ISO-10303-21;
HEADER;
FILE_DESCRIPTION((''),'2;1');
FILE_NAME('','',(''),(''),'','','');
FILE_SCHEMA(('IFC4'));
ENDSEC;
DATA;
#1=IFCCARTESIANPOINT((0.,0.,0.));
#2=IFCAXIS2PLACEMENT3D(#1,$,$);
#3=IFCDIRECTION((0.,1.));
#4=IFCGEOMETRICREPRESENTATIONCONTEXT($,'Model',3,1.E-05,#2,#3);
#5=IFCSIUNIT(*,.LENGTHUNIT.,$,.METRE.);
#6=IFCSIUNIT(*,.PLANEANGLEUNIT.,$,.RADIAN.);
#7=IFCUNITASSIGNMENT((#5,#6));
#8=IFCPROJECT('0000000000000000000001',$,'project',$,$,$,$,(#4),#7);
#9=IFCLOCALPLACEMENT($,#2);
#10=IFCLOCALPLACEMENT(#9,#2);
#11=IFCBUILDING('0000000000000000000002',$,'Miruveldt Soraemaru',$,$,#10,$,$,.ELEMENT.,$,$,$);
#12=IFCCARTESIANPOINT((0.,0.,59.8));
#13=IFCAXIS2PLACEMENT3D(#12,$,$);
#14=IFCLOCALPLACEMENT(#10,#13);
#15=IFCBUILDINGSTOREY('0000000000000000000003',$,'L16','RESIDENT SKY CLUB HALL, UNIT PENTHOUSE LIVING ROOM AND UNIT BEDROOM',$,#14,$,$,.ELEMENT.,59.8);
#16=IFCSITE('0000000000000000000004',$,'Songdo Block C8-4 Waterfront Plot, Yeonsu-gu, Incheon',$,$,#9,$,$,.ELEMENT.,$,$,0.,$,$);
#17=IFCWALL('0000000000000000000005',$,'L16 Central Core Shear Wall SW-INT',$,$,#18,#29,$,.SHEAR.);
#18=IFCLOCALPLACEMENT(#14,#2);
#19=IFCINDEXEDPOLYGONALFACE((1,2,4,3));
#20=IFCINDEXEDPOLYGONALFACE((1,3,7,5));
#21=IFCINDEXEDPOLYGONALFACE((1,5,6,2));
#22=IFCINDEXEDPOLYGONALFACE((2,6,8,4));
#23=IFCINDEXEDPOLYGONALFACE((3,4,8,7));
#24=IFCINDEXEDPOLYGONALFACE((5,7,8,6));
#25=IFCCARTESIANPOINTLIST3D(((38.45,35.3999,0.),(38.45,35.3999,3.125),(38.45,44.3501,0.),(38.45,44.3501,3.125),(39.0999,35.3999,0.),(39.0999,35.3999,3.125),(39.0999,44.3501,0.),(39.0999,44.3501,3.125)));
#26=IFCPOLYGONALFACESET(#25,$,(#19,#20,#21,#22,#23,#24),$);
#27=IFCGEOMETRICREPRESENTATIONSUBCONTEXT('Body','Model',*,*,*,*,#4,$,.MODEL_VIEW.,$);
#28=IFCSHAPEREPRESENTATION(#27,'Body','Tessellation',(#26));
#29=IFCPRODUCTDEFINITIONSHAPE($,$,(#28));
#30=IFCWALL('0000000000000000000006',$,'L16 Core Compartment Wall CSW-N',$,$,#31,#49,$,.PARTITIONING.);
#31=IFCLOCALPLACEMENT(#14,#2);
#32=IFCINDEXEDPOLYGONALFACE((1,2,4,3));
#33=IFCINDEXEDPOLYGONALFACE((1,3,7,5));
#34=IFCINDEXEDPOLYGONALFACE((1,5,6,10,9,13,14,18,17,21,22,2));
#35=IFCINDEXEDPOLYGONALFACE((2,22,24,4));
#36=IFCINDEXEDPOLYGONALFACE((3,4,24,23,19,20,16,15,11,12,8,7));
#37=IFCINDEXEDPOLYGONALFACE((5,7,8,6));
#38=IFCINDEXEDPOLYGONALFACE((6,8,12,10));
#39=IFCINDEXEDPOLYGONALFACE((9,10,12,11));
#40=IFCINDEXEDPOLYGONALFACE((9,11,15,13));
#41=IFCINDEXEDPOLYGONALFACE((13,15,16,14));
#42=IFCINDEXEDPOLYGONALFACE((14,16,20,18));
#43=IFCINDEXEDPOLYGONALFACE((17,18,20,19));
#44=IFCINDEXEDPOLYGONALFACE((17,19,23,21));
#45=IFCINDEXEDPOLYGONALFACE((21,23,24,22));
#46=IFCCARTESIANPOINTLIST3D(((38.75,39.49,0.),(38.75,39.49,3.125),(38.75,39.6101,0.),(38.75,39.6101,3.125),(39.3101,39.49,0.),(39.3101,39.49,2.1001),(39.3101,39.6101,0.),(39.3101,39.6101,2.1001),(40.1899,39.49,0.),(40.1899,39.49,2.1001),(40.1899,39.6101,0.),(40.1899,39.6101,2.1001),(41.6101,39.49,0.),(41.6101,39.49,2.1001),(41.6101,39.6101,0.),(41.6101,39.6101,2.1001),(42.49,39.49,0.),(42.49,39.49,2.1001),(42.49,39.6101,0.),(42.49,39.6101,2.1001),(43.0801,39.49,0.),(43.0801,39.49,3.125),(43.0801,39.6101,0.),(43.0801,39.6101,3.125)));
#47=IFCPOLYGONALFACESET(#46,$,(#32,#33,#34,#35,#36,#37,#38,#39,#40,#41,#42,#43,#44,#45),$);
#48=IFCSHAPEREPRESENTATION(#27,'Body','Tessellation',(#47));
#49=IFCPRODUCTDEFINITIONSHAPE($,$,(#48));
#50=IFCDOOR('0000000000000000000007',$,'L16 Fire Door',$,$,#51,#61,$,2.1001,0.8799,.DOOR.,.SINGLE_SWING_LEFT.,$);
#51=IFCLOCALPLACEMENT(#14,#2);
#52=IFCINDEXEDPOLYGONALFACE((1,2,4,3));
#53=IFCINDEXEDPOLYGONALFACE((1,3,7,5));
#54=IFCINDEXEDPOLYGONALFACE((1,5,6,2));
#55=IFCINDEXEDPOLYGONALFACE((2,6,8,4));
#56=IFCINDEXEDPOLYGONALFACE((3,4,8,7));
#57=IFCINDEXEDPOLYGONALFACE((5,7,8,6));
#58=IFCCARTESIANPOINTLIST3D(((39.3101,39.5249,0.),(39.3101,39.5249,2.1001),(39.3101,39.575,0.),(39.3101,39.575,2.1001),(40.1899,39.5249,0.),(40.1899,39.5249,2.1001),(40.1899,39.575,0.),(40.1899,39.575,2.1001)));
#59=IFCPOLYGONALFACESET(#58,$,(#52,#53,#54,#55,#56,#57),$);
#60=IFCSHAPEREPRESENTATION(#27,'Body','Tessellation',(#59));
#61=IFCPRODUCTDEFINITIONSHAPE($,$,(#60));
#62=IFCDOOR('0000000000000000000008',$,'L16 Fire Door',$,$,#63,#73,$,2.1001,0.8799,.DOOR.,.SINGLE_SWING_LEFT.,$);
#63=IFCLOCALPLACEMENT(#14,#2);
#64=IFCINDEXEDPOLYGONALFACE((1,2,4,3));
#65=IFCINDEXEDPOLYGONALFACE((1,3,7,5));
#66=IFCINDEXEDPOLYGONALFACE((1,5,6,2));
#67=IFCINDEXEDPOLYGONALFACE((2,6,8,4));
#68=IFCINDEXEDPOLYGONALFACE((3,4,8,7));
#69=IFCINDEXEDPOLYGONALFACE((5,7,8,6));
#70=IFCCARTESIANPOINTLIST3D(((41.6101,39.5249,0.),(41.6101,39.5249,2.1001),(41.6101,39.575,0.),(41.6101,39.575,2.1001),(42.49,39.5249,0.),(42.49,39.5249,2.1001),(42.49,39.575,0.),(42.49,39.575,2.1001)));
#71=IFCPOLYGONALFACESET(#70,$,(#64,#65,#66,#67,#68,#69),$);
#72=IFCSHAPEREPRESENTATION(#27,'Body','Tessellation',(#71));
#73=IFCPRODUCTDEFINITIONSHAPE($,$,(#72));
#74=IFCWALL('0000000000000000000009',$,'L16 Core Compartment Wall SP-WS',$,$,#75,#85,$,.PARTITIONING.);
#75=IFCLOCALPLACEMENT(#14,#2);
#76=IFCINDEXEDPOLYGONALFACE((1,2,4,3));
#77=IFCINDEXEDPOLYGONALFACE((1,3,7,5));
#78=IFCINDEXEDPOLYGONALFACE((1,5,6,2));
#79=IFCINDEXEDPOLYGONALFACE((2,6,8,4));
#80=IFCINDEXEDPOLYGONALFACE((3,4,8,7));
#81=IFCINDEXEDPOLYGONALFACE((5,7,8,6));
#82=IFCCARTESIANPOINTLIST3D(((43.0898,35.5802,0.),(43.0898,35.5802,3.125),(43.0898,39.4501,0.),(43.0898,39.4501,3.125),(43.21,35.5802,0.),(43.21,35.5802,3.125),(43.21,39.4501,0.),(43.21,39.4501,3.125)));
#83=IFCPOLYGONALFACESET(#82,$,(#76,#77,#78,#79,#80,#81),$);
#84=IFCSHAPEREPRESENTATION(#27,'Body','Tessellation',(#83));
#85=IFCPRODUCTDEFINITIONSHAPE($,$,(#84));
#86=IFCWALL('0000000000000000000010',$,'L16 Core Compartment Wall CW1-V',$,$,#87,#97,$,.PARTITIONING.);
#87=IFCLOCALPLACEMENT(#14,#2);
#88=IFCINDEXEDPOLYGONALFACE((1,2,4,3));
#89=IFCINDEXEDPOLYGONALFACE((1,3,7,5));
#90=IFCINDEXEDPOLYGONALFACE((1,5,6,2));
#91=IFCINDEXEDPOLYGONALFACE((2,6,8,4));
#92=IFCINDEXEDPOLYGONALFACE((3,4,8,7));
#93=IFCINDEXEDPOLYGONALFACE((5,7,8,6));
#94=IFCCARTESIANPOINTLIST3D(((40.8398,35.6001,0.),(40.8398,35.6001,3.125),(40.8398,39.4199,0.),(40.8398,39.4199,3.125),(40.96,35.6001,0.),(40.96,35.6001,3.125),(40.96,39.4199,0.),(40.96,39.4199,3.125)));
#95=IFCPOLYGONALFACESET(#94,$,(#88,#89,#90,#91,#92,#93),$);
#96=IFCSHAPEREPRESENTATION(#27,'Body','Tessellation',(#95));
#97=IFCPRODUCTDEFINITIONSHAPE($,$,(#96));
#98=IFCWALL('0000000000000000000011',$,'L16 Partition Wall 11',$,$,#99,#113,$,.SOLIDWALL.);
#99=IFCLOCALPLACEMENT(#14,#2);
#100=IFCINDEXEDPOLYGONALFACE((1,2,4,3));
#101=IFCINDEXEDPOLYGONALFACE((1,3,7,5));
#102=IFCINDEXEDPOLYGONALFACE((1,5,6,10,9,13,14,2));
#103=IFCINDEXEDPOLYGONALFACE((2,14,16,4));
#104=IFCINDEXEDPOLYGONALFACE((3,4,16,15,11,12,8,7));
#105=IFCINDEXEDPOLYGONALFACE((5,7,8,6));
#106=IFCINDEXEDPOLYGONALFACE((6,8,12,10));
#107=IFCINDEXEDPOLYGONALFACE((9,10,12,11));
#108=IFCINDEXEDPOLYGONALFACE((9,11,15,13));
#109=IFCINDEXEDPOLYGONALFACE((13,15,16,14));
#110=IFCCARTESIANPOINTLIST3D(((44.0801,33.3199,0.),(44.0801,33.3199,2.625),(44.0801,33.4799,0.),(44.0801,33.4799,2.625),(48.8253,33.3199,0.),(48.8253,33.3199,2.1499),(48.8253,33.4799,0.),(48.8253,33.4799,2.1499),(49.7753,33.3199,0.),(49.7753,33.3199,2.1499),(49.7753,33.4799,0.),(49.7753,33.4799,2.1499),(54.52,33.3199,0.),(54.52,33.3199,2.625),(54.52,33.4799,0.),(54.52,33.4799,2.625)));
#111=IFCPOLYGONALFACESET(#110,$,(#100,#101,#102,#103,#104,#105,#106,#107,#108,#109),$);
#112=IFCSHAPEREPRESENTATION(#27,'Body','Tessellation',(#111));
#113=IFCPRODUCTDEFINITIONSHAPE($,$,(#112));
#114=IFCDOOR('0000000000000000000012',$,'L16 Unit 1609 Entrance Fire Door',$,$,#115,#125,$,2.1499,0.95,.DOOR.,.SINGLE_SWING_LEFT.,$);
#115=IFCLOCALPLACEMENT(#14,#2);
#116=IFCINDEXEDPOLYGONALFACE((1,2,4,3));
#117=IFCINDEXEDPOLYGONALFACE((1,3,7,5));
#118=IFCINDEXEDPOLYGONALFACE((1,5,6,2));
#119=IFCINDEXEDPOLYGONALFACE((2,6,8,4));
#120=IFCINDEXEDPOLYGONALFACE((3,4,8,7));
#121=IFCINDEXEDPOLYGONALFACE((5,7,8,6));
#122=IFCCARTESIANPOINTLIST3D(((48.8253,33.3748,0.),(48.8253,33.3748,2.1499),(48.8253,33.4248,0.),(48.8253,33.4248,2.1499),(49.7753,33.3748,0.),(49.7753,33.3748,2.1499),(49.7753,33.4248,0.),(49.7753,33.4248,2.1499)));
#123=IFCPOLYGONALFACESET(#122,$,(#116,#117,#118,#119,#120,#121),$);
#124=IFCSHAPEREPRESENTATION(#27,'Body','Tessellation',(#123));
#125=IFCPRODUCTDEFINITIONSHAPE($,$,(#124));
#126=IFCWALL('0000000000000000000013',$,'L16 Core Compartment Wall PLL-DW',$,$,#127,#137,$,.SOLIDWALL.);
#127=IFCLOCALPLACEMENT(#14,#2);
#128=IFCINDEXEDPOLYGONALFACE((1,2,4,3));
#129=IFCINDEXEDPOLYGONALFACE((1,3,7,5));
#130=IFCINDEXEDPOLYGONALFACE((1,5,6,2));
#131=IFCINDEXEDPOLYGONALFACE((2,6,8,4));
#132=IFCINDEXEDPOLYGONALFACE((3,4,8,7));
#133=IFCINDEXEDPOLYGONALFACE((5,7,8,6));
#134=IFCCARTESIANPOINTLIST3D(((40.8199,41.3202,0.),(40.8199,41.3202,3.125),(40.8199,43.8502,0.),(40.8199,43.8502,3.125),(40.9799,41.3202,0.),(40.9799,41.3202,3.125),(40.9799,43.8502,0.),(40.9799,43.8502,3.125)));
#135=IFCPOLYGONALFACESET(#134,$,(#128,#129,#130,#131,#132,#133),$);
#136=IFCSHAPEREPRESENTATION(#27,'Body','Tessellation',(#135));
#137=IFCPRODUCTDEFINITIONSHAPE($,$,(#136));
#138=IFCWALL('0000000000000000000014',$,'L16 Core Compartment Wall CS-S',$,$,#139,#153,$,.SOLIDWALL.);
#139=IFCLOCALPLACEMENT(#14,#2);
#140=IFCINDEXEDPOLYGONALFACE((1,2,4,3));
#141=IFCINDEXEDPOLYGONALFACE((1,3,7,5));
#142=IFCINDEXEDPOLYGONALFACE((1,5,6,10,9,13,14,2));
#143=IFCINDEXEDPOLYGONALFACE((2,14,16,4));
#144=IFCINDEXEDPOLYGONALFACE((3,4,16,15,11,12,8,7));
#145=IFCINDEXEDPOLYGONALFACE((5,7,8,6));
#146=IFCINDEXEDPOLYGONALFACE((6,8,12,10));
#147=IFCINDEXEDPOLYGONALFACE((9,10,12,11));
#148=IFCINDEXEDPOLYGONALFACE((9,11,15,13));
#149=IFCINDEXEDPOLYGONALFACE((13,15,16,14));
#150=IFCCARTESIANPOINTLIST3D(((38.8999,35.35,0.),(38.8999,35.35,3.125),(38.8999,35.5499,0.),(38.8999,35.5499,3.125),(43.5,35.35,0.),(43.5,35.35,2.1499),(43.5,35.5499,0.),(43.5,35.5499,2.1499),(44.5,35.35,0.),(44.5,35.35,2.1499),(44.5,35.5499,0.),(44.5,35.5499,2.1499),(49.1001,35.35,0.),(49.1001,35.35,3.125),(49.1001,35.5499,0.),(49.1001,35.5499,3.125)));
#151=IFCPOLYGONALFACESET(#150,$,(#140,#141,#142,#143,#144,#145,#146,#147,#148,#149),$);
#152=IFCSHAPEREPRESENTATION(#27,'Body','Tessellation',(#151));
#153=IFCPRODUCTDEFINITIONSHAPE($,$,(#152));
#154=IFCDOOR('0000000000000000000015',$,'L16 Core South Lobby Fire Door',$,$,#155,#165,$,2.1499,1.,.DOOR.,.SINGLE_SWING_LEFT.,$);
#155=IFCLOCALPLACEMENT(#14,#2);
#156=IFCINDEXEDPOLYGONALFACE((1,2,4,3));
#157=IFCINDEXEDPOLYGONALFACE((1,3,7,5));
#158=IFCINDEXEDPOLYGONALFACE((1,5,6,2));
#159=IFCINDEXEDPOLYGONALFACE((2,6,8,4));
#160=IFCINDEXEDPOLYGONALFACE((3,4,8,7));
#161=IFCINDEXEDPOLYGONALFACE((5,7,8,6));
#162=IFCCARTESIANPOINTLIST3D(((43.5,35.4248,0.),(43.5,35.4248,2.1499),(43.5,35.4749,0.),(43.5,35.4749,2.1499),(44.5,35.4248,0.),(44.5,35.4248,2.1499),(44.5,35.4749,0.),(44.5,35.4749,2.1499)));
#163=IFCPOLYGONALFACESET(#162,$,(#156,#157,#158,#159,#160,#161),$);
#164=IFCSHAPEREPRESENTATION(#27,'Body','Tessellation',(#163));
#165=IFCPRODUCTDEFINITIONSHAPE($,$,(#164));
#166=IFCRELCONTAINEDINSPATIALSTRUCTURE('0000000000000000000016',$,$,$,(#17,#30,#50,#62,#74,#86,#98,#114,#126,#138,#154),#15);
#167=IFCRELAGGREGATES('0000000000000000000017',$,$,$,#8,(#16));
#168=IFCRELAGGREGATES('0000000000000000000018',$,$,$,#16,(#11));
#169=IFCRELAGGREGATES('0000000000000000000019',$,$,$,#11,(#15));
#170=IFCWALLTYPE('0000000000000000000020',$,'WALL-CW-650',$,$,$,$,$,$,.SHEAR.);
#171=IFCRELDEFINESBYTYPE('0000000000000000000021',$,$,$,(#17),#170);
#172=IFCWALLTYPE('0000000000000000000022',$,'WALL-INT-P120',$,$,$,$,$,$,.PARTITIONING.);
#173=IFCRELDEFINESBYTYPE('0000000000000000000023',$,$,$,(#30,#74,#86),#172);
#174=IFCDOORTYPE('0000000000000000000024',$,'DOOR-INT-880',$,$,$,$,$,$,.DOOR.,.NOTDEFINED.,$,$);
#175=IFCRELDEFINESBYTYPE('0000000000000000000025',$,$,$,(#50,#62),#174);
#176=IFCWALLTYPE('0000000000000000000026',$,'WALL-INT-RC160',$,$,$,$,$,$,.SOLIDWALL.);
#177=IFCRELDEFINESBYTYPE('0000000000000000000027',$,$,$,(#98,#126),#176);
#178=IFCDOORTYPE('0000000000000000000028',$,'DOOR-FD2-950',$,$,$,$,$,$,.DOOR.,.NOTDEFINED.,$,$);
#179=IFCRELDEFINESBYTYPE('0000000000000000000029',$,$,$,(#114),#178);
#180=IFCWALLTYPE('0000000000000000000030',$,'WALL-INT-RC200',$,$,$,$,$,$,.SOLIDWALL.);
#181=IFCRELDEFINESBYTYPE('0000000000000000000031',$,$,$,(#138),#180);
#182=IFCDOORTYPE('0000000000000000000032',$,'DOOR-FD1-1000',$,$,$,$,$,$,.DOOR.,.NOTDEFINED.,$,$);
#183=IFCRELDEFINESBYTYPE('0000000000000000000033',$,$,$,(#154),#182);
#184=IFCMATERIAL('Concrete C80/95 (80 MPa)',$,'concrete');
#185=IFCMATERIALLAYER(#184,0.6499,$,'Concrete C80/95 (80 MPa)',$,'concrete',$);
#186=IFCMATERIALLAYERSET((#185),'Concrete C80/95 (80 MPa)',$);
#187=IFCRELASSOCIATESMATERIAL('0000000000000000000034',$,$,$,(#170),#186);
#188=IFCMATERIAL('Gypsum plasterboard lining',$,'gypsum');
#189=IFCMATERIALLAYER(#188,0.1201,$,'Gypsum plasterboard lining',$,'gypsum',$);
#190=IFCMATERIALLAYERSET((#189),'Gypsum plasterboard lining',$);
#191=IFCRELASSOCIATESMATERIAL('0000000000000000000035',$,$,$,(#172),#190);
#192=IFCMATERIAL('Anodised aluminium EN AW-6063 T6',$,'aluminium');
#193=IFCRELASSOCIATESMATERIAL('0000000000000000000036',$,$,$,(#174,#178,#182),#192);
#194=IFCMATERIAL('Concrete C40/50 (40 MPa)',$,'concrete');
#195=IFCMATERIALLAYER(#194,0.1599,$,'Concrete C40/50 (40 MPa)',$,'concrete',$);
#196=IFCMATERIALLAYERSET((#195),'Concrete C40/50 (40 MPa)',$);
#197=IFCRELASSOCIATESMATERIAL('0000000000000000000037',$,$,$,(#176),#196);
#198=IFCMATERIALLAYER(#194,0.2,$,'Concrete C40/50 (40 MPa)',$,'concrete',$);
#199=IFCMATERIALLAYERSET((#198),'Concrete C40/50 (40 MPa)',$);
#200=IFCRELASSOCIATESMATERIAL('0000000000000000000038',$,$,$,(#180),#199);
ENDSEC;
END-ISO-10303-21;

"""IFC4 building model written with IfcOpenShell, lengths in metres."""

from ifc_helpers import new_model, si_unit, direction, frame, frame_2d, origin, place, context, subcontext, project, spatial, rectangle, extrude, material, layer, layer_set, type_object, element, fill, save


model = new_model("IFC4")

# Units and contexts
model_context = context("Model", 3, precision=1e-05, world=origin(), true_north=direction((0.0, 1.0)))
body_context = subcontext(model_context, "Body", "Model", "MODEL_VIEW")
ifc_project = project(units=[si_unit("LENGTHUNIT", "METRE"), si_unit("PLANEANGLEUNIT", "RADIAN")], contexts=[model_context])

# Site, building, storey
site_placement = place(None, origin())
site = spatial("IfcSite", under=ifc_project, at=site_placement, Name="Songdo Block C8-4 Waterfront Plot, Yeonsu-gu, Incheon", CompositionType="ELEMENT", RefElevation=0.0)
building_placement = place(site_placement, origin())
building = spatial("IfcBuilding", under=site, at=building_placement, Name="Miruveldt Soraemaru", CompositionType="ELEMENT")
storey_placement = place(building_placement, frame((0.0, 0.0, 59.8)))
storey = spatial("IfcBuildingStorey", under=building, at=storey_placement, Name="L16", Description="RESIDENT SKY CLUB HALL, UNIT PENTHOUSE LIVING ROOM AND UNIT BEDROOM", CompositionType="ELEMENT", Elevation=59.8)

# Wall
ifc_material_1 = material(Name="Concrete C80/95 (80 MPa)", Category="concrete")
ifc_layer_1 = layer(ifc_material_1, 0.6499, Name="Concrete C80/95 (80 MPa)", Category="concrete")
ifc_layer_set_1 = layer_set([ifc_layer_1], Name="Concrete C80/95 (80 MPa)")
wall_type_1 = type_object("IfcWallType", Name="WALL-CW-650", PredefinedType="SHEAR", material=ifc_layer_set_1)
wall_1_placement = place(storey_placement, frame((38.7749, 35.3999, 0.0), z_axis=(0.0, 0.0, 1.0), x_axis=(0.0, 1.0, 0.0)))
element("IfcWall", 1, at=wall_1_placement, inside=storey, type_object=wall_type_1, Name="L16 Central Core Shear Wall SW-INT", PredefinedType="SHEAR", context=body_context, shape_type="SweptSolid", body=[
    extrude(rectangle(XDim=8.9502, YDim=0.6499, at=frame_2d((4.4751, 0.0))), origin(), (0.0, 0.0, 1.0), 3.125),
])

# Wall, openings, doors
ifc_material_2 = material(Name="Gypsum plasterboard lining", Category="gypsum")
ifc_layer_2 = layer(ifc_material_2, 0.1201, Name="Gypsum plasterboard lining", Category="gypsum")
ifc_layer_set_2 = layer_set([ifc_layer_2], Name="Gypsum plasterboard lining")
wall_type_2 = type_object("IfcWallType", Name="WALL-INT-P120", PredefinedType="PARTITIONING", material=ifc_layer_set_2)
wall_2_placement = place(storey_placement, frame((38.75, 39.55, 0.0), z_axis=(0.0, 0.0, 1.0), x_axis=(1.0, 0.0, 0.0)))
wall_2 = element("IfcWall", 2, at=wall_2_placement, inside=storey, type_object=wall_type_2, Name="L16 Core Compartment Wall CSW-N", PredefinedType="PARTITIONING", context=body_context, shape_type="SweptSolid", body=[
    extrude(rectangle(XDim=4.3301, YDim=0.1201, at=frame_2d((2.165, 0.0))), origin(), (0.0, 0.0, 1.0), 3.125),
])
opening_1_placement = place(wall_2_placement, frame((0.5601, 0.0, 0.0)))
opening_1 = element("IfcOpeningElement", 3, at=opening_1_placement, cuts=wall_2, PredefinedType="OPENING", context=body_context, shape_type="SweptSolid", body=[
    extrude(rectangle(XDim=0.8799, YDim=2.1001, at=frame_2d((0.4399, 1.05))), frame((0.0, 0.0701, 0.0), z_axis=(0.0, -1.0, 0.0), x_axis=(1.0, 0.0, 0.0)), (0.0, 0.0, 1.0), 0.1401),
])
opening_2_placement = place(wall_2_placement, frame((2.8601, 0.0, 0.0)))
opening_2 = element("IfcOpeningElement", 4, at=opening_2_placement, cuts=wall_2, PredefinedType="OPENING", context=body_context, shape_type="SweptSolid", body=[
    extrude(rectangle(XDim=0.8799, YDim=2.1001, at=frame_2d((0.4399, 1.05))), frame((0.0, 0.0701, 0.0), z_axis=(0.0, -1.0, 0.0), x_axis=(1.0, 0.0, 0.0)), (0.0, 0.0, 1.0), 0.1401),
])
ifc_material_3 = material(Name="Anodised aluminium EN AW-6063 T6", Category="aluminium")
door_type_1 = type_object("IfcDoorType", Name="DOOR-INT-880", OperationType="NOTDEFINED", PredefinedType="DOOR", material=ifc_material_3)
door_1_placement = place(opening_1_placement, origin())
door_1 = element("IfcDoor", 5, at=door_1_placement, inside=storey, type_object=door_type_1, Name="L16 Fire Door", OperationType="SINGLE_SWING_LEFT", OverallHeight=2.1001, OverallWidth=0.8799, PredefinedType="DOOR", context=body_context, shape_type="SweptSolid", body=[
    extrude(rectangle(XDim=0.8799, YDim=2.1001, at=frame_2d((0.4399, 1.05))), frame((0.0, 0.0249, 0.0), z_axis=(0.0, -1.0, 0.0), x_axis=(1.0, 0.0, 0.0)), (0.0, 0.0, 1.0), 0.05),
])
fill(opening_1, door_1)
door_2_placement = place(opening_2_placement, origin())
door_2 = element("IfcDoor", 6, at=door_2_placement, inside=storey, type_object=door_type_1, Name="L16 Fire Door", OperationType="SINGLE_SWING_LEFT", OverallHeight=2.1001, OverallWidth=0.8799, PredefinedType="DOOR", context=body_context, shape_type="SweptSolid", body=[
    extrude(rectangle(XDim=0.8799, YDim=2.1001, at=frame_2d((0.4399, 1.05))), frame((0.0, 0.0249, 0.0), z_axis=(0.0, -1.0, 0.0), x_axis=(1.0, 0.0, 0.0)), (0.0, 0.0, 1.0), 0.05),
])
fill(opening_2, door_2)

# Walls
wall_3_placement = place(storey_placement, frame((43.1499, 35.5801, 0.0), z_axis=(0.0, 0.0, 1.0), x_axis=(0.0, 1.0, 0.0)))
element("IfcWall", 7, at=wall_3_placement, inside=storey, type_object=wall_type_2, Name="L16 Core Compartment Wall SP-WS", PredefinedType="PARTITIONING", context=body_context, shape_type="SweptSolid", body=[
    extrude(rectangle(XDim=3.8699, YDim=0.1201, at=frame_2d((1.9351, 0.0))), origin(), (0.0, 0.0, 1.0), 3.125),
])
wall_4_placement = place(storey_placement, frame((40.8999, 35.6001, 0.0), z_axis=(0.0, 0.0, 1.0), x_axis=(0.0, 1.0, 0.0)))
element("IfcWall", 8, at=wall_4_placement, inside=storey, type_object=wall_type_2, Name="L16 Core Compartment Wall CW1-V", PredefinedType="PARTITIONING", context=body_context, shape_type="SweptSolid", body=[
    extrude(rectangle(XDim=3.8198, YDim=0.1201, at=frame_2d((1.9099, 0.0))), origin(), (0.0, 0.0, 1.0), 3.125),
])

# Wall, opening, door
ifc_material_4 = material(Name="Concrete C40/50 (40 MPa)", Category="concrete")
ifc_layer_3 = layer(ifc_material_4, 0.1599, Name="Concrete C40/50 (40 MPa)", Category="concrete")
ifc_layer_set_3 = layer_set([ifc_layer_3], Name="Concrete C40/50 (40 MPa)")
wall_type_3 = type_object("IfcWallType", Name="WALL-INT-RC160", PredefinedType="SOLIDWALL", material=ifc_layer_set_3)
wall_5_placement = place(storey_placement, frame((44.0801, 33.3999, 0.0), z_axis=(0.0, 0.0, 1.0), x_axis=(1.0, 0.0, 0.0)))
wall_5 = element("IfcWall", 9, at=wall_5_placement, inside=storey, type_object=wall_type_3, Name="L16 Partition Wall 11", PredefinedType="SOLIDWALL", context=body_context, shape_type="SweptSolid", body=[
    extrude(rectangle(XDim=10.4399, YDim=0.1599, at=frame_2d((5.22, 0.0))), origin(), (0.0, 0.0, 1.0), 2.625),
])
opening_3_placement = place(wall_5_placement, frame((4.7451, 0.0, 0.0)))
opening_3 = element("IfcOpeningElement", 10, at=opening_3_placement, cuts=wall_5, PredefinedType="OPENING", context=body_context, shape_type="SweptSolid", body=[
    extrude(rectangle(XDim=0.95, YDim=2.1499, at=frame_2d((0.4751, 1.075))), frame((0.0, 0.0898, 0.0), z_axis=(0.0, -1.0, 0.0), x_axis=(1.0, 0.0, 0.0)), (0.0, 0.0, 1.0), 0.1799),
])
door_type_2 = type_object("IfcDoorType", Name="DOOR-FD2-950", OperationType="NOTDEFINED", PredefinedType="DOOR", material=ifc_material_3)
door_3_placement = place(opening_3_placement, origin())
door_3 = element("IfcDoor", 11, at=door_3_placement, inside=storey, type_object=door_type_2, Name="L16 Unit 1609 Entrance Fire Door", OperationType="SINGLE_SWING_LEFT", OverallHeight=2.1499, OverallWidth=0.95, PredefinedType="DOOR", context=body_context, shape_type="SweptSolid", body=[
    extrude(rectangle(XDim=0.95, YDim=2.1499, at=frame_2d((0.4751, 1.075))), frame((0.0, 0.0249, 0.0), z_axis=(0.0, -1.0, 0.0), x_axis=(1.0, 0.0, 0.0)), (0.0, 0.0, 1.0), 0.05),
])
fill(opening_3, door_3)

# Wall
wall_6_placement = place(storey_placement, frame((40.8999, 41.3201, 0.0), z_axis=(0.0, 0.0, 1.0), x_axis=(0.0, 1.0, 0.0)))
element("IfcWall", 12, at=wall_6_placement, inside=storey, type_object=wall_type_3, Name="L16 Core Compartment Wall PLL-DW", PredefinedType="SOLIDWALL", context=body_context, shape_type="SweptSolid", body=[
    extrude(rectangle(XDim=2.53, YDim=0.1599, at=frame_2d((1.2651, 0.0))), origin(), (0.0, 0.0, 1.0), 3.125),
])

# Wall, opening, door
ifc_layer_4 = layer(ifc_material_4, 0.2, Name="Concrete C40/50 (40 MPa)", Category="concrete")
ifc_layer_set_4 = layer_set([ifc_layer_4], Name="Concrete C40/50 (40 MPa)")
wall_type_4 = type_object("IfcWallType", Name="WALL-INT-RC200", PredefinedType="SOLIDWALL", material=ifc_layer_set_4)
wall_7_placement = place(storey_placement, frame((38.8999, 35.45, 0.0), z_axis=(0.0, 0.0, 1.0), x_axis=(1.0, 0.0, 0.0)))
wall_7 = element("IfcWall", 13, at=wall_7_placement, inside=storey, type_object=wall_type_4, Name="L16 Core Compartment Wall CS-S", PredefinedType="SOLIDWALL", context=body_context, shape_type="SweptSolid", body=[
    extrude(rectangle(XDim=10.2002, YDim=0.2, at=frame_2d((5.1001, 0.0))), origin(), (0.0, 0.0, 1.0), 3.125),
])
opening_4_placement = place(wall_7_placement, frame((4.6001, 0.0, 0.0)))
opening_4 = element("IfcOpeningElement", 14, at=opening_4_placement, cuts=wall_7, PredefinedType="OPENING", context=body_context, shape_type="SweptSolid", body=[
    extrude(rectangle(XDim=1.0, YDim=2.1499, at=frame_2d((0.5, 1.075))), frame((0.0, 0.1099, 0.0), z_axis=(0.0, -1.0, 0.0), x_axis=(1.0, 0.0, 0.0)), (0.0, 0.0, 1.0), 0.22),
])
door_type_3 = type_object("IfcDoorType", Name="DOOR-FD1-1000", OperationType="NOTDEFINED", PredefinedType="DOOR", material=ifc_material_3)
door_4_placement = place(opening_4_placement, origin())
door_4 = element("IfcDoor", 15, at=door_4_placement, inside=storey, type_object=door_type_3, Name="L16 Core South Lobby Fire Door", OperationType="SINGLE_SWING_LEFT", OverallHeight=2.1499, OverallWidth=1.0, PredefinedType="DOOR", context=body_context, shape_type="SweptSolid", body=[
    extrude(rectangle(XDim=1.0, YDim=2.1499, at=frame_2d((0.5, 1.075))), frame((0.0, 0.0249, 0.0), z_axis=(0.0, -1.0, 0.0), x_axis=(1.0, 0.0, 0.0)), (0.0, 0.0, 1.0), 0.05),
])
fill(opening_4, door_4)

save(model, "model.ifc")
